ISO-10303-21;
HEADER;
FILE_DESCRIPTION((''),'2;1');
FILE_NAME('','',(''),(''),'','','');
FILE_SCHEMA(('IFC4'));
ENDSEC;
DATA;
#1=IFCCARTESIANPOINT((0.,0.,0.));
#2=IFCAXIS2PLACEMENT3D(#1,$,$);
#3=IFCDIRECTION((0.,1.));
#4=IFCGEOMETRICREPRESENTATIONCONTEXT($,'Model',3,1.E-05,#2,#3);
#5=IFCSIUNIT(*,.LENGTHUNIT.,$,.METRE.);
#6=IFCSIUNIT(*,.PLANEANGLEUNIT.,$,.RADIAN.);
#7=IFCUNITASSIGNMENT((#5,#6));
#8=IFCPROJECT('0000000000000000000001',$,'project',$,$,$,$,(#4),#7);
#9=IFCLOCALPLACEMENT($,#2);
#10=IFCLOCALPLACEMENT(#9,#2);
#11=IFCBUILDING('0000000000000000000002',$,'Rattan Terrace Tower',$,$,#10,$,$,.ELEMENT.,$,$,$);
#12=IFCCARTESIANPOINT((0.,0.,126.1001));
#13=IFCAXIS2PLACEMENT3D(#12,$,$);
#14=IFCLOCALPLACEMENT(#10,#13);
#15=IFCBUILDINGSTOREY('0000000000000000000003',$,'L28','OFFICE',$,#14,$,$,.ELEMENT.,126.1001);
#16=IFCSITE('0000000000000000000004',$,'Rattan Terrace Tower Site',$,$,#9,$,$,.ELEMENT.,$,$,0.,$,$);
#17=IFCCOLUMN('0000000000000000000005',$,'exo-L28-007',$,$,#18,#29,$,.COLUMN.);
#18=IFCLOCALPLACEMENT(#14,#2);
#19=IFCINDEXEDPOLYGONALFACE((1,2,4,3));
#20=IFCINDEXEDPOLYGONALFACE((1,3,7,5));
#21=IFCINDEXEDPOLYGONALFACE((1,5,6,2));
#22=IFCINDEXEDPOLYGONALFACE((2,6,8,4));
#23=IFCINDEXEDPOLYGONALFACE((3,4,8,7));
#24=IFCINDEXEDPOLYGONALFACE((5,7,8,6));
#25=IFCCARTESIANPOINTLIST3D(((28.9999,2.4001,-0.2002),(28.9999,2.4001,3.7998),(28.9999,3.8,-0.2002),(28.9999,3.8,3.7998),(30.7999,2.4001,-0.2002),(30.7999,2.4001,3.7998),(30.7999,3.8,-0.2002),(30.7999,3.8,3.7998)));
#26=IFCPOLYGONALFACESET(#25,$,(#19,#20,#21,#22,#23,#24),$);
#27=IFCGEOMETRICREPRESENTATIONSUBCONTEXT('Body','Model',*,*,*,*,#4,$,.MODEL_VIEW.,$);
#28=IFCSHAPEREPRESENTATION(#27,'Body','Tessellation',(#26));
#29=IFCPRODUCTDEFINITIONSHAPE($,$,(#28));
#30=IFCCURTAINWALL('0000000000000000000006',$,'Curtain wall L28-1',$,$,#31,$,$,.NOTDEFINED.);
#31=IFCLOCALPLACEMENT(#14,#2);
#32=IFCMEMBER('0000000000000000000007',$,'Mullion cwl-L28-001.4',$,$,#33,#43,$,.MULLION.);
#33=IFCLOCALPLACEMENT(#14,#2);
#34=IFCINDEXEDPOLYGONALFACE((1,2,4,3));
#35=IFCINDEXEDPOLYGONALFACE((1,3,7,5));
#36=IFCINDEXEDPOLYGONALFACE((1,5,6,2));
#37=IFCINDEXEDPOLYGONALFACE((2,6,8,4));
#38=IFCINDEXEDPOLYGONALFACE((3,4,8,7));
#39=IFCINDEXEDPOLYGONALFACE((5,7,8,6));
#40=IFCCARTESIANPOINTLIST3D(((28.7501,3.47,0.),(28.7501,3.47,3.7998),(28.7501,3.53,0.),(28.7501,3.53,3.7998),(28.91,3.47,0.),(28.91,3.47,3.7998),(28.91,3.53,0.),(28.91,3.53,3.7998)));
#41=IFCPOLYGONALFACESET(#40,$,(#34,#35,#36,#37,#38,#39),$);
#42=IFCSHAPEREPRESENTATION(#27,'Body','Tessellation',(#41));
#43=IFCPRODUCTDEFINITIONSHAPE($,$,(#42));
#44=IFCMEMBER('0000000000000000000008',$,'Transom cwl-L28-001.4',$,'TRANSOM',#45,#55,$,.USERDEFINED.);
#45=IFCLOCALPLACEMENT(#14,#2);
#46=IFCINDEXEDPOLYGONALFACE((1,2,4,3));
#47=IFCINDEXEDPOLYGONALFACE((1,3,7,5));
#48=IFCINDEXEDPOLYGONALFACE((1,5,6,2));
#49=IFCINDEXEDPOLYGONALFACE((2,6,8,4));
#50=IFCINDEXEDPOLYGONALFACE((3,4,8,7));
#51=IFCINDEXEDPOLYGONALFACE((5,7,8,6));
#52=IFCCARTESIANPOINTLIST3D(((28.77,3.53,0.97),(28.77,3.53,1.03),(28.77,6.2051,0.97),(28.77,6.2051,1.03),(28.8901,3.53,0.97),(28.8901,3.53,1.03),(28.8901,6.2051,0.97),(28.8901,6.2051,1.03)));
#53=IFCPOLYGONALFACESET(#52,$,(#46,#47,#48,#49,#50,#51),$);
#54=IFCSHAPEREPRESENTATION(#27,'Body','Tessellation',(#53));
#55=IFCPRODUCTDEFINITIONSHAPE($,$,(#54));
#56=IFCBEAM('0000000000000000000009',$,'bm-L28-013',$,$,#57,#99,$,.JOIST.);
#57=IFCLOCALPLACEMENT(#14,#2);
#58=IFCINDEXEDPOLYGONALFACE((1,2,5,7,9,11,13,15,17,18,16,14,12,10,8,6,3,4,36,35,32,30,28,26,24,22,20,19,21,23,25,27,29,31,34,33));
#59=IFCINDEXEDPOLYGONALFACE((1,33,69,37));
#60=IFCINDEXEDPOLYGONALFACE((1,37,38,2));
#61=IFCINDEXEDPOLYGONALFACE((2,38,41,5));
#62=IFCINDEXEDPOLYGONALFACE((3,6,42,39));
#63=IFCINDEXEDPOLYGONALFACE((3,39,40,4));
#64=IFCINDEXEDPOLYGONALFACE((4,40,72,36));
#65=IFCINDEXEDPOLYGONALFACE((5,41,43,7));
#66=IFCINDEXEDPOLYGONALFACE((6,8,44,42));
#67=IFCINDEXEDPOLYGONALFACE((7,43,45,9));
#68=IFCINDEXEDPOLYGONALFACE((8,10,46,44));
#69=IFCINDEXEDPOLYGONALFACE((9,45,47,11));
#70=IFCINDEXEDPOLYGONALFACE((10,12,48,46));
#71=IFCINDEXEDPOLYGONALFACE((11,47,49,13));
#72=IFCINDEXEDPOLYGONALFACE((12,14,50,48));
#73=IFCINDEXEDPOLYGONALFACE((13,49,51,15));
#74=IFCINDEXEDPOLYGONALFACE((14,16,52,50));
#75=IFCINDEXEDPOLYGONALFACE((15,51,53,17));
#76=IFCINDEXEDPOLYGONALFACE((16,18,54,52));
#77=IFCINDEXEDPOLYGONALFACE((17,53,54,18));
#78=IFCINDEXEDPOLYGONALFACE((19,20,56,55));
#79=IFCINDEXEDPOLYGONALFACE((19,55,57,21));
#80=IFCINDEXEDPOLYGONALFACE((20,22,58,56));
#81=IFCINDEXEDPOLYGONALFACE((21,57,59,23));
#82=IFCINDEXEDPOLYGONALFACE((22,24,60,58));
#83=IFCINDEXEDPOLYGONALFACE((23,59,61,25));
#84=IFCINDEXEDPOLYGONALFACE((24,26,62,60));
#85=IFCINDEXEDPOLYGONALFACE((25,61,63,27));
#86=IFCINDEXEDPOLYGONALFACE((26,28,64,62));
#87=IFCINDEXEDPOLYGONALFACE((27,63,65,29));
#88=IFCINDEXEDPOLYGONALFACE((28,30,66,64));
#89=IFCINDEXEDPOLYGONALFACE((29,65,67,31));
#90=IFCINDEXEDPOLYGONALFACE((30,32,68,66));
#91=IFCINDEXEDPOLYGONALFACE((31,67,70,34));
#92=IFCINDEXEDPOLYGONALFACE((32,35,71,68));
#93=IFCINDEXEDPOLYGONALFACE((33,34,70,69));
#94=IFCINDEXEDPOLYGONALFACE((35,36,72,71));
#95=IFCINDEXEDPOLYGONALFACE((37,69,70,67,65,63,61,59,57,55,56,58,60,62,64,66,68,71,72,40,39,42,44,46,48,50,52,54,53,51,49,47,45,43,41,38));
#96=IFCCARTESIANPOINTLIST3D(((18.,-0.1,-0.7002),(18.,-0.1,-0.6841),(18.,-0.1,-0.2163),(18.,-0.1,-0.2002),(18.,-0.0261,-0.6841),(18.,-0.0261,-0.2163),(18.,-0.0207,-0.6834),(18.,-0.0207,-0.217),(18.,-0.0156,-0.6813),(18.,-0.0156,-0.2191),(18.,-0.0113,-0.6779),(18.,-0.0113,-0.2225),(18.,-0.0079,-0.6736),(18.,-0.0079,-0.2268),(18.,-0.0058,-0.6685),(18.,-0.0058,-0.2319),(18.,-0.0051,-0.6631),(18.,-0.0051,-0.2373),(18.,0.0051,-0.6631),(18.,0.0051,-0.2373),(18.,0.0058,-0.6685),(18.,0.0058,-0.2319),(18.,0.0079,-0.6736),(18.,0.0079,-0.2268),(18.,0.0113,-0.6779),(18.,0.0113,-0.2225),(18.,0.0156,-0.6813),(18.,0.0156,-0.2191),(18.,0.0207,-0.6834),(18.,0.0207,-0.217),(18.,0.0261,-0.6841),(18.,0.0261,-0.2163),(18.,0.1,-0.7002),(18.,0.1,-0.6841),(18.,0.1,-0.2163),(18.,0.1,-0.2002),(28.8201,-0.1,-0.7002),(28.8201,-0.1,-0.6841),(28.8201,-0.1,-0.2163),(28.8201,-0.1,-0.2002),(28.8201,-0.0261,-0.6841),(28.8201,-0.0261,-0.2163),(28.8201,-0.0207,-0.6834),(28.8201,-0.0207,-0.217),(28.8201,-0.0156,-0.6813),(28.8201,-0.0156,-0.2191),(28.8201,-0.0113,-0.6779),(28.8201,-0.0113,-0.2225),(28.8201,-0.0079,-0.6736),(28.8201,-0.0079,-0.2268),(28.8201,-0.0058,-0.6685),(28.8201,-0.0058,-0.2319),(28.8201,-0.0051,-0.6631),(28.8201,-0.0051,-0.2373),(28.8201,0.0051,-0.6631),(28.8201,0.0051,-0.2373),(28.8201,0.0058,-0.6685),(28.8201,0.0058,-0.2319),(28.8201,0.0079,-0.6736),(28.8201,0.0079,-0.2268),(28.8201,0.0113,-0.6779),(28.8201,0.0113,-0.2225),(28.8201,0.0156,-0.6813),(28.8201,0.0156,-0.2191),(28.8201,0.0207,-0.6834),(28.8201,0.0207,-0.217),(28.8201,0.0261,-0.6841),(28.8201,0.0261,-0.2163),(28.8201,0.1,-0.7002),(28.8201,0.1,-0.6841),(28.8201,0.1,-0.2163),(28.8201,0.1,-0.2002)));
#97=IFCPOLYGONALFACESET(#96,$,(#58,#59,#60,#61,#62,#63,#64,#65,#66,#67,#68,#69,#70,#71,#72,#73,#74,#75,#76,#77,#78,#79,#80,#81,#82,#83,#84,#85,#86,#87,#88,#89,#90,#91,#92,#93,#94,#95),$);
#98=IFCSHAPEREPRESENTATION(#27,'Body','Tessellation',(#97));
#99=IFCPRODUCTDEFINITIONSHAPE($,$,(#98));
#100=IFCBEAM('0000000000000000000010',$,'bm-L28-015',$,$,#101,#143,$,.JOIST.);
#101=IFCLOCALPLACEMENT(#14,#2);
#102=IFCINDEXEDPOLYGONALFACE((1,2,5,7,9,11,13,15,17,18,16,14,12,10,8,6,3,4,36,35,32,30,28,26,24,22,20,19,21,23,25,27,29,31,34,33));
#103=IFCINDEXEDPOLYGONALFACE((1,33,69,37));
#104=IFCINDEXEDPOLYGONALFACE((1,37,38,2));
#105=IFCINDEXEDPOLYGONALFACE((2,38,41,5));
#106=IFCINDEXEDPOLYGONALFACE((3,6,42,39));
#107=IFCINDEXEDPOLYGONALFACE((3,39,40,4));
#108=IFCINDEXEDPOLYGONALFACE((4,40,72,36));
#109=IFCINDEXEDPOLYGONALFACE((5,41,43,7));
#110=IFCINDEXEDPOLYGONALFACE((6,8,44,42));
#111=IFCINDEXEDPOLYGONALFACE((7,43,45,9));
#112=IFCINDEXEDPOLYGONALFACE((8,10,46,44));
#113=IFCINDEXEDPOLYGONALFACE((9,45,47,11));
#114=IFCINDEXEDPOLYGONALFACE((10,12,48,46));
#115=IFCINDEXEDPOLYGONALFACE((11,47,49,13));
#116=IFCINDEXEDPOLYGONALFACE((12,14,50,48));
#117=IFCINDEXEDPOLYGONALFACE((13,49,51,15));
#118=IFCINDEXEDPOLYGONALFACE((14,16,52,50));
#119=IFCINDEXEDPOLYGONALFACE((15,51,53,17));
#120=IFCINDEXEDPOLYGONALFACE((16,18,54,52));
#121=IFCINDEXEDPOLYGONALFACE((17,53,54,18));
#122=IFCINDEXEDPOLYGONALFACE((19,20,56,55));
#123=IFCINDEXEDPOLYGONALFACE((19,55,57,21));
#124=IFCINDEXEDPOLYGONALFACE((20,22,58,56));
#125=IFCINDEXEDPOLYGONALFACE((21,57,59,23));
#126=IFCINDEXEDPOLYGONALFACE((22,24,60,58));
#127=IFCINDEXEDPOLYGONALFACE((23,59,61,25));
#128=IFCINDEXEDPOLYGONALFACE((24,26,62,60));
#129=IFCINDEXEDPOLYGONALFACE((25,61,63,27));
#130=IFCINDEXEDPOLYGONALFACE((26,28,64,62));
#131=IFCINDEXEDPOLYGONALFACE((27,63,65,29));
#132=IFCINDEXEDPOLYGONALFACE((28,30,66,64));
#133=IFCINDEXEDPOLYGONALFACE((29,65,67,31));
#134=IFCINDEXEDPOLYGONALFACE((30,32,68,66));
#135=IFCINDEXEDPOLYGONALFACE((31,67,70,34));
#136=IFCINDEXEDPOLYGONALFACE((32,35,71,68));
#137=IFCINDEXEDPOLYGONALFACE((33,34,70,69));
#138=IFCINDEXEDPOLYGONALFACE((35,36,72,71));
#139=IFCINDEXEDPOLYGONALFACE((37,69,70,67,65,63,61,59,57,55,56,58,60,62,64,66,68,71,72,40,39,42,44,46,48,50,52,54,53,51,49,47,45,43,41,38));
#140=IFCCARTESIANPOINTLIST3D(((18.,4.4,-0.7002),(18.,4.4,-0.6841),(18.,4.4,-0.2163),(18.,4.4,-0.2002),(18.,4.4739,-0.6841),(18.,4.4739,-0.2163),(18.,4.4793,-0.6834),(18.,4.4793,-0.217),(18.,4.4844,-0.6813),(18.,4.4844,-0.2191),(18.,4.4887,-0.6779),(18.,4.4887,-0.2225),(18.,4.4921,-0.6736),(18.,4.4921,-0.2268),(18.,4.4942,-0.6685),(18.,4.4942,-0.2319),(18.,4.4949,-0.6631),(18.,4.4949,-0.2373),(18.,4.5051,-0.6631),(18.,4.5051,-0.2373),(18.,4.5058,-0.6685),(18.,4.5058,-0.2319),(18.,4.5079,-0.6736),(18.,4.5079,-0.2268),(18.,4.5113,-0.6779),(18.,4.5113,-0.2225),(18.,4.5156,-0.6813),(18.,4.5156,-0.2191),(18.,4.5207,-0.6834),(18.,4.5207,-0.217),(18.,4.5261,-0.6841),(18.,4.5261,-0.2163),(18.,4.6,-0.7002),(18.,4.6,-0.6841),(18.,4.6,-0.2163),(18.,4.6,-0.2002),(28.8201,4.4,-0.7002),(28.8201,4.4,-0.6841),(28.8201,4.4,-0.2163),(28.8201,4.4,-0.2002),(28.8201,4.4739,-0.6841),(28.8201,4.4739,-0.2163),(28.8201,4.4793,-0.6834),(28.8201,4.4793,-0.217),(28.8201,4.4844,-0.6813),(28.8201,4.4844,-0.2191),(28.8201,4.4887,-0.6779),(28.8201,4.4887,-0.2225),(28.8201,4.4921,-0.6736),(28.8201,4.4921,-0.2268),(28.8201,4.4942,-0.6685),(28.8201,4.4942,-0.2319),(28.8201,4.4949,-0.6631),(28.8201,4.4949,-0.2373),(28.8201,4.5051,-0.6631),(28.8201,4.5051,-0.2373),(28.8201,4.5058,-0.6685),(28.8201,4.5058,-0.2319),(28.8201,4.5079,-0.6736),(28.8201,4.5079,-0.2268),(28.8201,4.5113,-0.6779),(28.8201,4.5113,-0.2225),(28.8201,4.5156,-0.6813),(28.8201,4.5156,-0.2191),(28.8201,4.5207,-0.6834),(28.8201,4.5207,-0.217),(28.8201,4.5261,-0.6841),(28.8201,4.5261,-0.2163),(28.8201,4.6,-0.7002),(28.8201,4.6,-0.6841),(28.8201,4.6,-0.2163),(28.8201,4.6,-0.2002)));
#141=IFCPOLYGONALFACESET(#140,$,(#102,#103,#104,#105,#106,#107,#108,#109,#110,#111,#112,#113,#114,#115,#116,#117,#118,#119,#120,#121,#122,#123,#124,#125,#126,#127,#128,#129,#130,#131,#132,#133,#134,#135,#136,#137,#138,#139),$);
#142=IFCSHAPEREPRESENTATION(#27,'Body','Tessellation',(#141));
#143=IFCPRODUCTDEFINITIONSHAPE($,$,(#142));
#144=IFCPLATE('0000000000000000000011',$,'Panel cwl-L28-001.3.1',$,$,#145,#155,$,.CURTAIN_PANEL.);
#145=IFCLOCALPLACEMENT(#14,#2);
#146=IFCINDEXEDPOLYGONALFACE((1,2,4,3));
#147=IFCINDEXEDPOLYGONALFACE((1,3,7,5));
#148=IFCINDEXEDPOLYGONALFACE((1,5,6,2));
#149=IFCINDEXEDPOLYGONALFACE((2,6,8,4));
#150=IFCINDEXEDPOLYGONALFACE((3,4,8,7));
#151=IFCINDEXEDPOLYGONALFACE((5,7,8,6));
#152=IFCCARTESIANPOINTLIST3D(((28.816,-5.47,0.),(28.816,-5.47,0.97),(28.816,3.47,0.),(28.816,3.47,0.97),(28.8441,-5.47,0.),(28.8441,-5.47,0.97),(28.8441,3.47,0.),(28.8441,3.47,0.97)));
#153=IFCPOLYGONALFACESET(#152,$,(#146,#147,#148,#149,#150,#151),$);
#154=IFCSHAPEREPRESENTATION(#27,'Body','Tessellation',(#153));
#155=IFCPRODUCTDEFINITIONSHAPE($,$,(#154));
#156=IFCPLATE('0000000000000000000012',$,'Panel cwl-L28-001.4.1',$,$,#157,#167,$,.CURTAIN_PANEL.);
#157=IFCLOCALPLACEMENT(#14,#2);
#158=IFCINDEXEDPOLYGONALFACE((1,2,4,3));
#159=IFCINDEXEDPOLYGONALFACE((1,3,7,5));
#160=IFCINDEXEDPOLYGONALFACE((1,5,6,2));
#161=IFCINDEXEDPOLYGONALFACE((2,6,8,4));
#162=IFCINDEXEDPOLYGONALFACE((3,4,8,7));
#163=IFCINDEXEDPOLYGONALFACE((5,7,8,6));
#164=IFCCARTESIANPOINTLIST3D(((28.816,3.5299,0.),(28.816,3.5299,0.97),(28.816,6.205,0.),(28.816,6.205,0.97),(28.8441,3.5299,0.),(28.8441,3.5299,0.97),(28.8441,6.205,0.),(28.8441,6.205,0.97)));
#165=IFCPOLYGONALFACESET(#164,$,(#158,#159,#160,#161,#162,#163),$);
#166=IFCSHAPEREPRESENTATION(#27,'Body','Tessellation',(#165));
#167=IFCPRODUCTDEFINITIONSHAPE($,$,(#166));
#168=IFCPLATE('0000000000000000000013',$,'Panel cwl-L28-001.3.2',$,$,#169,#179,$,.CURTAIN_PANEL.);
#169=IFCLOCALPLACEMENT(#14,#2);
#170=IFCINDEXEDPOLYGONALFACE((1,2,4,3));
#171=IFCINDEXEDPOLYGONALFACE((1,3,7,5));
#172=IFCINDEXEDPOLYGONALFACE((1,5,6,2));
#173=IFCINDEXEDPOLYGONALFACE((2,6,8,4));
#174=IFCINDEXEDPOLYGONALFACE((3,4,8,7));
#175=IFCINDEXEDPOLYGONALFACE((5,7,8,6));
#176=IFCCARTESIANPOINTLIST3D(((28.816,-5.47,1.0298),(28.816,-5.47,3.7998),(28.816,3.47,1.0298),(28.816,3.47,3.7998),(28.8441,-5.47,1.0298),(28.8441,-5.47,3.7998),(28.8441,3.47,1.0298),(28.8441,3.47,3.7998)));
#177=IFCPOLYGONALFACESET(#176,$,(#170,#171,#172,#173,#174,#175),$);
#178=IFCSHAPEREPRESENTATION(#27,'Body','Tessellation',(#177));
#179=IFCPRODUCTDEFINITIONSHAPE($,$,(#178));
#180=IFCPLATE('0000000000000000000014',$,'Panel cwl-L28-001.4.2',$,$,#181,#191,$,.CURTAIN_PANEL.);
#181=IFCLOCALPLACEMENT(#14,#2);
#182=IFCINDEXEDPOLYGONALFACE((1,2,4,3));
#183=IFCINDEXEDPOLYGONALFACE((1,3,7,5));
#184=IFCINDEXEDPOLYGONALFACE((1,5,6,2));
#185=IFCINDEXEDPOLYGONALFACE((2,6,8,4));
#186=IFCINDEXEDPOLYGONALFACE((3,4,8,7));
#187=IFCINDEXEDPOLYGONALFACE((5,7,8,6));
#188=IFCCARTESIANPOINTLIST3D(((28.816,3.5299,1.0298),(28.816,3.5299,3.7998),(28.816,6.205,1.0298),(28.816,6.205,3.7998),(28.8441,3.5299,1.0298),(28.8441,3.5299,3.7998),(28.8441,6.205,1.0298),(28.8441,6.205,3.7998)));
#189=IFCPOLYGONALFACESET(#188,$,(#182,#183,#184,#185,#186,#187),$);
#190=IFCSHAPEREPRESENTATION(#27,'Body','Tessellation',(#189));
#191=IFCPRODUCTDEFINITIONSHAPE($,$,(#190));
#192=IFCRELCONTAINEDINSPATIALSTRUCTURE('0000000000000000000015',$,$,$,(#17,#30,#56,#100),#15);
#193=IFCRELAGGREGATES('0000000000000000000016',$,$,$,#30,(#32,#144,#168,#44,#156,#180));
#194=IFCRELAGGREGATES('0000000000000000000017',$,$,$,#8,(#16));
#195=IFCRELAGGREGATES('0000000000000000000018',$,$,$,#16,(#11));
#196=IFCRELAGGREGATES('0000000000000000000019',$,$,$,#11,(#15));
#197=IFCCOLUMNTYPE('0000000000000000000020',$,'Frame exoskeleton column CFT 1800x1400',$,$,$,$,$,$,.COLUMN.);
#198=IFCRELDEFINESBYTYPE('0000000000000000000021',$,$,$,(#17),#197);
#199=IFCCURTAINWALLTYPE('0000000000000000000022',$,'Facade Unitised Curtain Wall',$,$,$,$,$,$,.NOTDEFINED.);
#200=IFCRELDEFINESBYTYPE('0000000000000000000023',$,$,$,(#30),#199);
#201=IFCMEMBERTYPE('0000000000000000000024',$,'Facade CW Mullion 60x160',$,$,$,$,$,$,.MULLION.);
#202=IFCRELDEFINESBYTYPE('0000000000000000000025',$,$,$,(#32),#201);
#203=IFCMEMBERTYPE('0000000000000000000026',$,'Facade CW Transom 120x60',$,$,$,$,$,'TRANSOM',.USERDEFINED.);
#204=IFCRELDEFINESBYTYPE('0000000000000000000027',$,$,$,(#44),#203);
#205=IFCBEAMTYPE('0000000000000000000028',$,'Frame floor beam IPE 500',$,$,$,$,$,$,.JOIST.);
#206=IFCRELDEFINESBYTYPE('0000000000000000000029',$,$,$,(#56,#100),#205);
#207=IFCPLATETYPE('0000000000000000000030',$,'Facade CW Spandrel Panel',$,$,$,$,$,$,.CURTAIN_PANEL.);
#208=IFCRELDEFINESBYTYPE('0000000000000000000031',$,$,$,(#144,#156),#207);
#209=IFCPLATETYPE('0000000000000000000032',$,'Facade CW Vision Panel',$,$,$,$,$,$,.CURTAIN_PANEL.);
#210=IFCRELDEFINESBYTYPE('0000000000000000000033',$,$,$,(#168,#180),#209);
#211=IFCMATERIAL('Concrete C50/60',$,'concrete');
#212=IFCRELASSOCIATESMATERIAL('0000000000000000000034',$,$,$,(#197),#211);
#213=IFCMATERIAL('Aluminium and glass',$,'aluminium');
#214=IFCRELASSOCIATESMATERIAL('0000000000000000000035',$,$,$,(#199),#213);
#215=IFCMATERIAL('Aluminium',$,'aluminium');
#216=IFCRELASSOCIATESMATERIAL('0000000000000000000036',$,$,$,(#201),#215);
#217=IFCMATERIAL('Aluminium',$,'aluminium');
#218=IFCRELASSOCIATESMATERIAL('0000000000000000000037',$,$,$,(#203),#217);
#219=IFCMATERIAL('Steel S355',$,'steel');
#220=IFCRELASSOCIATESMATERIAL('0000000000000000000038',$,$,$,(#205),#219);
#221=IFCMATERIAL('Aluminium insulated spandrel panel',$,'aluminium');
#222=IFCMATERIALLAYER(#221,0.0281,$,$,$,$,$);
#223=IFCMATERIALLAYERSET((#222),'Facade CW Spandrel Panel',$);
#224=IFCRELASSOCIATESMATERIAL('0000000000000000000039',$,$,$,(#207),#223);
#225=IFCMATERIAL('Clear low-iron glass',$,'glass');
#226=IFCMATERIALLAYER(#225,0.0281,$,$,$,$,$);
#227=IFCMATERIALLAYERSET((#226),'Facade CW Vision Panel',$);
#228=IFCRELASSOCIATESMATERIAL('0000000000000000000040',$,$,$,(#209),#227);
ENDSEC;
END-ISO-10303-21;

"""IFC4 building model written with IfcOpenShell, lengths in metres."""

from ifc_helpers import new_model, si_unit, direction, frame, origin, origin_2d, place, context, subcontext, project, spatial, rectangle, i_section, extrude, material, layer, layer_set, material_profile, profile_set, type_object, element, aggregate, save


model = new_model("IFC4")

# Units and contexts
model_context = context("Model", 3, precision=1e-05, world=origin(), true_north=direction((0.0, 1.0)))
body_context = subcontext(model_context, "Body", "Model", "MODEL_VIEW")
ifc_project = project(units=[si_unit("LENGTHUNIT", "METRE"), si_unit("PLANEANGLEUNIT", "RADIAN")], contexts=[model_context])

# Site, building, storey
site_placement = place(None, origin())
site = spatial("IfcSite", under=ifc_project, at=site_placement, Name="Rattan Terrace Tower Site", CompositionType="ELEMENT", RefElevation=0.0)
building_placement = place(site_placement, origin())
building = spatial("IfcBuilding", under=site, at=building_placement, Name="Rattan Terrace Tower", CompositionType="ELEMENT")
storey_placement = place(building_placement, frame((0.0, 0.0, 126.1001)))
storey = spatial("IfcBuildingStorey", under=building, at=storey_placement, Name="L28", Description="OFFICE", CompositionType="ELEMENT", Elevation=126.1001)

# Column
ifc_material_1 = material(Name="Concrete C50/60", Category="concrete")
ifc_material_profile_1 = material_profile(ifc_material_1, rectangle(XDim=1.3999, YDim=1.8, at=origin_2d()), Name="CFT 1800x1400")
ifc_profile_set_1 = profile_set([ifc_material_profile_1], Name="Concrete C50/60")
column_type = type_object("IfcColumnType", Name="Frame exoskeleton column CFT 1800x1400", PredefinedType="COLUMN", material=ifc_profile_set_1)
column_placement = place(storey_placement, frame((29.8999, 3.1001, -0.2002), z_axis=(0.0, 0.0, 1.0), x_axis=(0.0, 1.0, 0.0)))
element("IfcColumn", 1, at=column_placement, inside=storey, type_object=column_type, Name="exo-L28-007", PredefinedType="COLUMN", context=body_context, shape_type="SweptSolid", body=[
    extrude(rectangle(XDim=1.3999, YDim=1.8, at=origin_2d()), origin(), (0.0, 0.0, 1.0), 4.0),
])

# Curtain wall, members
ifc_material_2 = material(Name="Aluminium and glass", Category="aluminium")
curtain_wall_type = type_object("IfcCurtainWallType", Name="Facade Unitised Curtain Wall", PredefinedType="NOTDEFINED", material=ifc_material_2)
curtain_wall_placement = place(storey_placement, origin())
curtain_wall = element("IfcCurtainWall", 2, at=curtain_wall_placement, inside=storey, type_object=curtain_wall_type, Name="Curtain wall L28-1", PredefinedType="NOTDEFINED")
ifc_material_3 = material(Name="Aluminium", Category="aluminium")
ifc_material_profile_2 = material_profile(ifc_material_3, rectangle(XDim=0.0601, YDim=0.1599, at=origin_2d()), Name="Aluminium 60x160")
ifc_profile_set_2 = profile_set([ifc_material_profile_2], Name="Aluminium")
member_type_1 = type_object("IfcMemberType", Name="Facade CW Mullion 60x160", PredefinedType="MULLION", material=ifc_profile_set_2)
member_1_placement = place(storey_placement, frame((28.8301, 3.5, 0.0), z_axis=(0.0, 0.0, 1.0), x_axis=(0.0, 1.0, 0.0)))
member_1 = element("IfcMember", 3, at=member_1_placement, type_object=member_type_1, Name="Mullion cwl-L28-001.4", PredefinedType="MULLION", context=body_context, shape_type="SweptSolid", body=[
    extrude(rectangle(XDim=0.0601, YDim=0.1599, at=origin_2d()), origin(), (0.0, 0.0, 1.0), 3.7998),
])
ifc_material_4 = material(Name="Aluminium", Category="aluminium")
ifc_material_profile_3 = material_profile(ifc_material_4, rectangle(XDim=0.1201, YDim=0.0601, at=origin_2d()), Name="Aluminium 120x60")
ifc_profile_set_3 = profile_set([ifc_material_profile_3], Name="Aluminium")
member_type_2 = type_object("IfcMemberType", Name="Facade CW Transom 120x60", ElementType="TRANSOM", PredefinedType="USERDEFINED", material=ifc_profile_set_3)
member_2_placement = place(storey_placement, frame((28.8301, 3.53, 1.0), z_axis=(0.0, 1.0, 0.0), x_axis=(-1.0, 0.0, 0.0)))
member_2 = element("IfcMember", 4, at=member_2_placement, type_object=member_type_2, Name="Transom cwl-L28-001.4", ObjectType="TRANSOM", PredefinedType="USERDEFINED", context=body_context, shape_type="SweptSolid", body=[
    extrude(rectangle(XDim=0.1201, YDim=0.0601, at=origin_2d()), origin(), (0.0, 0.0, 1.0), 2.675),
])

# Beams
ifc_material_5 = material(Name="Steel S355", Category="steel")
ifc_material_profile_4 = material_profile(ifc_material_5, i_section(OverallWidth=0.2, OverallDepth=0.5, WebThickness=0.0103, FlangeThickness=0.0161, FilletRadius=0.021, at=origin_2d()), Name="IPE 500")
ifc_profile_set_4 = profile_set([ifc_material_profile_4], Name="Steel S355")
beam_type = type_object("IfcBeamType", Name="Frame floor beam IPE 500", PredefinedType="JOIST", material=ifc_profile_set_4)
for number, where, z_axis, x_axis, name in (
    (5, (18.0, 0.0, -0.4502), (1.0, 0.0, 0.0), (0.0, 1.0, 0.0), "bm-L28-013"),
    (6, (18.0, 4.5, -0.4502), (1.0, 0.0, 0.0), (0.0, 1.0, 0.0), "bm-L28-015"),
):
    element("IfcBeam", number, at=place(storey_placement, frame(where, z_axis=z_axis, x_axis=x_axis)), inside=storey, type_object=beam_type, Name=name, PredefinedType="JOIST", context=body_context, shape_type="SweptSolid", body=[
        extrude(i_section(OverallWidth=0.2, OverallDepth=0.5, WebThickness=0.0103, FlangeThickness=0.0161, FilletRadius=0.021, at=origin_2d()), origin(), (0.0, 0.0, 1.0), 10.8201),
    ])

# Plates
ifc_material_6 = material(Name="Aluminium insulated spandrel panel", Category="aluminium")
ifc_layer_1 = layer(ifc_material_6, 0.0281)
ifc_layer_set_1 = layer_set([ifc_layer_1], Name="Facade CW Spandrel Panel")
plate_type_1 = type_object("IfcPlateType", Name="Facade CW Spandrel Panel", PredefinedType="CURTAIN_PANEL", material=ifc_layer_set_1)
plate_1_placement = place(storey_placement, frame((28.8301, -1.0, 0.0), z_axis=(0.0, 0.0, 1.0), x_axis=(0.0, 1.0, 0.0)))
plate_1 = element("IfcPlate", 7, at=plate_1_placement, type_object=plate_type_1, Name="Panel cwl-L28-001.3.1", PredefinedType="CURTAIN_PANEL", context=body_context, shape_type="SweptSolid", body=[
    extrude(rectangle(XDim=8.9399, YDim=0.0281, at=origin_2d()), origin(), (0.0, 0.0, 1.0), 0.97),
])
plate_2_placement = place(storey_placement, frame((28.8301, 4.8674, 0.0), z_axis=(0.0, 0.0, 1.0), x_axis=(0.0, 1.0, 0.0)))
plate_2 = element("IfcPlate", 8, at=plate_2_placement, type_object=plate_type_1, Name="Panel cwl-L28-001.4.1", PredefinedType="CURTAIN_PANEL", context=body_context, shape_type="SweptSolid", body=[
    extrude(rectangle(XDim=2.675, YDim=0.0281, at=origin_2d()), origin(), (0.0, 0.0, 1.0), 0.97),
])
ifc_material_7 = material(Name="Clear low-iron glass", Category="glass")
ifc_layer_2 = layer(ifc_material_7, 0.0281)
ifc_layer_set_2 = layer_set([ifc_layer_2], Name="Facade CW Vision Panel")
plate_type_2 = type_object("IfcPlateType", Name="Facade CW Vision Panel", PredefinedType="CURTAIN_PANEL", material=ifc_layer_set_2)
plate_3_placement = place(storey_placement, frame((28.8301, -1.0, 1.0298), z_axis=(0.0, 0.0, 1.0), x_axis=(0.0, 1.0, 0.0)))
plate_3 = element("IfcPlate", 9, at=plate_3_placement, type_object=plate_type_2, Name="Panel cwl-L28-001.3.2", PredefinedType="CURTAIN_PANEL", context=body_context, shape_type="SweptSolid", body=[
    extrude(rectangle(XDim=8.9399, YDim=0.0281, at=origin_2d()), origin(), (0.0, 0.0, 1.0), 2.77),
])
plate_4_placement = place(storey_placement, frame((28.8301, 4.8674, 1.0298), z_axis=(0.0, 0.0, 1.0), x_axis=(0.0, 1.0, 0.0)))
plate_4 = element("IfcPlate", 10, at=plate_4_placement, type_object=plate_type_2, Name="Panel cwl-L28-001.4.2", PredefinedType="CURTAIN_PANEL", context=body_context, shape_type="SweptSolid", body=[
    extrude(rectangle(XDim=2.675, YDim=0.0281, at=origin_2d()), origin(), (0.0, 0.0, 1.0), 2.77),
])
aggregate(curtain_wall, [member_1, plate_1, plate_3, member_2, plate_2, plate_4])

save(model, "model.ifc")
